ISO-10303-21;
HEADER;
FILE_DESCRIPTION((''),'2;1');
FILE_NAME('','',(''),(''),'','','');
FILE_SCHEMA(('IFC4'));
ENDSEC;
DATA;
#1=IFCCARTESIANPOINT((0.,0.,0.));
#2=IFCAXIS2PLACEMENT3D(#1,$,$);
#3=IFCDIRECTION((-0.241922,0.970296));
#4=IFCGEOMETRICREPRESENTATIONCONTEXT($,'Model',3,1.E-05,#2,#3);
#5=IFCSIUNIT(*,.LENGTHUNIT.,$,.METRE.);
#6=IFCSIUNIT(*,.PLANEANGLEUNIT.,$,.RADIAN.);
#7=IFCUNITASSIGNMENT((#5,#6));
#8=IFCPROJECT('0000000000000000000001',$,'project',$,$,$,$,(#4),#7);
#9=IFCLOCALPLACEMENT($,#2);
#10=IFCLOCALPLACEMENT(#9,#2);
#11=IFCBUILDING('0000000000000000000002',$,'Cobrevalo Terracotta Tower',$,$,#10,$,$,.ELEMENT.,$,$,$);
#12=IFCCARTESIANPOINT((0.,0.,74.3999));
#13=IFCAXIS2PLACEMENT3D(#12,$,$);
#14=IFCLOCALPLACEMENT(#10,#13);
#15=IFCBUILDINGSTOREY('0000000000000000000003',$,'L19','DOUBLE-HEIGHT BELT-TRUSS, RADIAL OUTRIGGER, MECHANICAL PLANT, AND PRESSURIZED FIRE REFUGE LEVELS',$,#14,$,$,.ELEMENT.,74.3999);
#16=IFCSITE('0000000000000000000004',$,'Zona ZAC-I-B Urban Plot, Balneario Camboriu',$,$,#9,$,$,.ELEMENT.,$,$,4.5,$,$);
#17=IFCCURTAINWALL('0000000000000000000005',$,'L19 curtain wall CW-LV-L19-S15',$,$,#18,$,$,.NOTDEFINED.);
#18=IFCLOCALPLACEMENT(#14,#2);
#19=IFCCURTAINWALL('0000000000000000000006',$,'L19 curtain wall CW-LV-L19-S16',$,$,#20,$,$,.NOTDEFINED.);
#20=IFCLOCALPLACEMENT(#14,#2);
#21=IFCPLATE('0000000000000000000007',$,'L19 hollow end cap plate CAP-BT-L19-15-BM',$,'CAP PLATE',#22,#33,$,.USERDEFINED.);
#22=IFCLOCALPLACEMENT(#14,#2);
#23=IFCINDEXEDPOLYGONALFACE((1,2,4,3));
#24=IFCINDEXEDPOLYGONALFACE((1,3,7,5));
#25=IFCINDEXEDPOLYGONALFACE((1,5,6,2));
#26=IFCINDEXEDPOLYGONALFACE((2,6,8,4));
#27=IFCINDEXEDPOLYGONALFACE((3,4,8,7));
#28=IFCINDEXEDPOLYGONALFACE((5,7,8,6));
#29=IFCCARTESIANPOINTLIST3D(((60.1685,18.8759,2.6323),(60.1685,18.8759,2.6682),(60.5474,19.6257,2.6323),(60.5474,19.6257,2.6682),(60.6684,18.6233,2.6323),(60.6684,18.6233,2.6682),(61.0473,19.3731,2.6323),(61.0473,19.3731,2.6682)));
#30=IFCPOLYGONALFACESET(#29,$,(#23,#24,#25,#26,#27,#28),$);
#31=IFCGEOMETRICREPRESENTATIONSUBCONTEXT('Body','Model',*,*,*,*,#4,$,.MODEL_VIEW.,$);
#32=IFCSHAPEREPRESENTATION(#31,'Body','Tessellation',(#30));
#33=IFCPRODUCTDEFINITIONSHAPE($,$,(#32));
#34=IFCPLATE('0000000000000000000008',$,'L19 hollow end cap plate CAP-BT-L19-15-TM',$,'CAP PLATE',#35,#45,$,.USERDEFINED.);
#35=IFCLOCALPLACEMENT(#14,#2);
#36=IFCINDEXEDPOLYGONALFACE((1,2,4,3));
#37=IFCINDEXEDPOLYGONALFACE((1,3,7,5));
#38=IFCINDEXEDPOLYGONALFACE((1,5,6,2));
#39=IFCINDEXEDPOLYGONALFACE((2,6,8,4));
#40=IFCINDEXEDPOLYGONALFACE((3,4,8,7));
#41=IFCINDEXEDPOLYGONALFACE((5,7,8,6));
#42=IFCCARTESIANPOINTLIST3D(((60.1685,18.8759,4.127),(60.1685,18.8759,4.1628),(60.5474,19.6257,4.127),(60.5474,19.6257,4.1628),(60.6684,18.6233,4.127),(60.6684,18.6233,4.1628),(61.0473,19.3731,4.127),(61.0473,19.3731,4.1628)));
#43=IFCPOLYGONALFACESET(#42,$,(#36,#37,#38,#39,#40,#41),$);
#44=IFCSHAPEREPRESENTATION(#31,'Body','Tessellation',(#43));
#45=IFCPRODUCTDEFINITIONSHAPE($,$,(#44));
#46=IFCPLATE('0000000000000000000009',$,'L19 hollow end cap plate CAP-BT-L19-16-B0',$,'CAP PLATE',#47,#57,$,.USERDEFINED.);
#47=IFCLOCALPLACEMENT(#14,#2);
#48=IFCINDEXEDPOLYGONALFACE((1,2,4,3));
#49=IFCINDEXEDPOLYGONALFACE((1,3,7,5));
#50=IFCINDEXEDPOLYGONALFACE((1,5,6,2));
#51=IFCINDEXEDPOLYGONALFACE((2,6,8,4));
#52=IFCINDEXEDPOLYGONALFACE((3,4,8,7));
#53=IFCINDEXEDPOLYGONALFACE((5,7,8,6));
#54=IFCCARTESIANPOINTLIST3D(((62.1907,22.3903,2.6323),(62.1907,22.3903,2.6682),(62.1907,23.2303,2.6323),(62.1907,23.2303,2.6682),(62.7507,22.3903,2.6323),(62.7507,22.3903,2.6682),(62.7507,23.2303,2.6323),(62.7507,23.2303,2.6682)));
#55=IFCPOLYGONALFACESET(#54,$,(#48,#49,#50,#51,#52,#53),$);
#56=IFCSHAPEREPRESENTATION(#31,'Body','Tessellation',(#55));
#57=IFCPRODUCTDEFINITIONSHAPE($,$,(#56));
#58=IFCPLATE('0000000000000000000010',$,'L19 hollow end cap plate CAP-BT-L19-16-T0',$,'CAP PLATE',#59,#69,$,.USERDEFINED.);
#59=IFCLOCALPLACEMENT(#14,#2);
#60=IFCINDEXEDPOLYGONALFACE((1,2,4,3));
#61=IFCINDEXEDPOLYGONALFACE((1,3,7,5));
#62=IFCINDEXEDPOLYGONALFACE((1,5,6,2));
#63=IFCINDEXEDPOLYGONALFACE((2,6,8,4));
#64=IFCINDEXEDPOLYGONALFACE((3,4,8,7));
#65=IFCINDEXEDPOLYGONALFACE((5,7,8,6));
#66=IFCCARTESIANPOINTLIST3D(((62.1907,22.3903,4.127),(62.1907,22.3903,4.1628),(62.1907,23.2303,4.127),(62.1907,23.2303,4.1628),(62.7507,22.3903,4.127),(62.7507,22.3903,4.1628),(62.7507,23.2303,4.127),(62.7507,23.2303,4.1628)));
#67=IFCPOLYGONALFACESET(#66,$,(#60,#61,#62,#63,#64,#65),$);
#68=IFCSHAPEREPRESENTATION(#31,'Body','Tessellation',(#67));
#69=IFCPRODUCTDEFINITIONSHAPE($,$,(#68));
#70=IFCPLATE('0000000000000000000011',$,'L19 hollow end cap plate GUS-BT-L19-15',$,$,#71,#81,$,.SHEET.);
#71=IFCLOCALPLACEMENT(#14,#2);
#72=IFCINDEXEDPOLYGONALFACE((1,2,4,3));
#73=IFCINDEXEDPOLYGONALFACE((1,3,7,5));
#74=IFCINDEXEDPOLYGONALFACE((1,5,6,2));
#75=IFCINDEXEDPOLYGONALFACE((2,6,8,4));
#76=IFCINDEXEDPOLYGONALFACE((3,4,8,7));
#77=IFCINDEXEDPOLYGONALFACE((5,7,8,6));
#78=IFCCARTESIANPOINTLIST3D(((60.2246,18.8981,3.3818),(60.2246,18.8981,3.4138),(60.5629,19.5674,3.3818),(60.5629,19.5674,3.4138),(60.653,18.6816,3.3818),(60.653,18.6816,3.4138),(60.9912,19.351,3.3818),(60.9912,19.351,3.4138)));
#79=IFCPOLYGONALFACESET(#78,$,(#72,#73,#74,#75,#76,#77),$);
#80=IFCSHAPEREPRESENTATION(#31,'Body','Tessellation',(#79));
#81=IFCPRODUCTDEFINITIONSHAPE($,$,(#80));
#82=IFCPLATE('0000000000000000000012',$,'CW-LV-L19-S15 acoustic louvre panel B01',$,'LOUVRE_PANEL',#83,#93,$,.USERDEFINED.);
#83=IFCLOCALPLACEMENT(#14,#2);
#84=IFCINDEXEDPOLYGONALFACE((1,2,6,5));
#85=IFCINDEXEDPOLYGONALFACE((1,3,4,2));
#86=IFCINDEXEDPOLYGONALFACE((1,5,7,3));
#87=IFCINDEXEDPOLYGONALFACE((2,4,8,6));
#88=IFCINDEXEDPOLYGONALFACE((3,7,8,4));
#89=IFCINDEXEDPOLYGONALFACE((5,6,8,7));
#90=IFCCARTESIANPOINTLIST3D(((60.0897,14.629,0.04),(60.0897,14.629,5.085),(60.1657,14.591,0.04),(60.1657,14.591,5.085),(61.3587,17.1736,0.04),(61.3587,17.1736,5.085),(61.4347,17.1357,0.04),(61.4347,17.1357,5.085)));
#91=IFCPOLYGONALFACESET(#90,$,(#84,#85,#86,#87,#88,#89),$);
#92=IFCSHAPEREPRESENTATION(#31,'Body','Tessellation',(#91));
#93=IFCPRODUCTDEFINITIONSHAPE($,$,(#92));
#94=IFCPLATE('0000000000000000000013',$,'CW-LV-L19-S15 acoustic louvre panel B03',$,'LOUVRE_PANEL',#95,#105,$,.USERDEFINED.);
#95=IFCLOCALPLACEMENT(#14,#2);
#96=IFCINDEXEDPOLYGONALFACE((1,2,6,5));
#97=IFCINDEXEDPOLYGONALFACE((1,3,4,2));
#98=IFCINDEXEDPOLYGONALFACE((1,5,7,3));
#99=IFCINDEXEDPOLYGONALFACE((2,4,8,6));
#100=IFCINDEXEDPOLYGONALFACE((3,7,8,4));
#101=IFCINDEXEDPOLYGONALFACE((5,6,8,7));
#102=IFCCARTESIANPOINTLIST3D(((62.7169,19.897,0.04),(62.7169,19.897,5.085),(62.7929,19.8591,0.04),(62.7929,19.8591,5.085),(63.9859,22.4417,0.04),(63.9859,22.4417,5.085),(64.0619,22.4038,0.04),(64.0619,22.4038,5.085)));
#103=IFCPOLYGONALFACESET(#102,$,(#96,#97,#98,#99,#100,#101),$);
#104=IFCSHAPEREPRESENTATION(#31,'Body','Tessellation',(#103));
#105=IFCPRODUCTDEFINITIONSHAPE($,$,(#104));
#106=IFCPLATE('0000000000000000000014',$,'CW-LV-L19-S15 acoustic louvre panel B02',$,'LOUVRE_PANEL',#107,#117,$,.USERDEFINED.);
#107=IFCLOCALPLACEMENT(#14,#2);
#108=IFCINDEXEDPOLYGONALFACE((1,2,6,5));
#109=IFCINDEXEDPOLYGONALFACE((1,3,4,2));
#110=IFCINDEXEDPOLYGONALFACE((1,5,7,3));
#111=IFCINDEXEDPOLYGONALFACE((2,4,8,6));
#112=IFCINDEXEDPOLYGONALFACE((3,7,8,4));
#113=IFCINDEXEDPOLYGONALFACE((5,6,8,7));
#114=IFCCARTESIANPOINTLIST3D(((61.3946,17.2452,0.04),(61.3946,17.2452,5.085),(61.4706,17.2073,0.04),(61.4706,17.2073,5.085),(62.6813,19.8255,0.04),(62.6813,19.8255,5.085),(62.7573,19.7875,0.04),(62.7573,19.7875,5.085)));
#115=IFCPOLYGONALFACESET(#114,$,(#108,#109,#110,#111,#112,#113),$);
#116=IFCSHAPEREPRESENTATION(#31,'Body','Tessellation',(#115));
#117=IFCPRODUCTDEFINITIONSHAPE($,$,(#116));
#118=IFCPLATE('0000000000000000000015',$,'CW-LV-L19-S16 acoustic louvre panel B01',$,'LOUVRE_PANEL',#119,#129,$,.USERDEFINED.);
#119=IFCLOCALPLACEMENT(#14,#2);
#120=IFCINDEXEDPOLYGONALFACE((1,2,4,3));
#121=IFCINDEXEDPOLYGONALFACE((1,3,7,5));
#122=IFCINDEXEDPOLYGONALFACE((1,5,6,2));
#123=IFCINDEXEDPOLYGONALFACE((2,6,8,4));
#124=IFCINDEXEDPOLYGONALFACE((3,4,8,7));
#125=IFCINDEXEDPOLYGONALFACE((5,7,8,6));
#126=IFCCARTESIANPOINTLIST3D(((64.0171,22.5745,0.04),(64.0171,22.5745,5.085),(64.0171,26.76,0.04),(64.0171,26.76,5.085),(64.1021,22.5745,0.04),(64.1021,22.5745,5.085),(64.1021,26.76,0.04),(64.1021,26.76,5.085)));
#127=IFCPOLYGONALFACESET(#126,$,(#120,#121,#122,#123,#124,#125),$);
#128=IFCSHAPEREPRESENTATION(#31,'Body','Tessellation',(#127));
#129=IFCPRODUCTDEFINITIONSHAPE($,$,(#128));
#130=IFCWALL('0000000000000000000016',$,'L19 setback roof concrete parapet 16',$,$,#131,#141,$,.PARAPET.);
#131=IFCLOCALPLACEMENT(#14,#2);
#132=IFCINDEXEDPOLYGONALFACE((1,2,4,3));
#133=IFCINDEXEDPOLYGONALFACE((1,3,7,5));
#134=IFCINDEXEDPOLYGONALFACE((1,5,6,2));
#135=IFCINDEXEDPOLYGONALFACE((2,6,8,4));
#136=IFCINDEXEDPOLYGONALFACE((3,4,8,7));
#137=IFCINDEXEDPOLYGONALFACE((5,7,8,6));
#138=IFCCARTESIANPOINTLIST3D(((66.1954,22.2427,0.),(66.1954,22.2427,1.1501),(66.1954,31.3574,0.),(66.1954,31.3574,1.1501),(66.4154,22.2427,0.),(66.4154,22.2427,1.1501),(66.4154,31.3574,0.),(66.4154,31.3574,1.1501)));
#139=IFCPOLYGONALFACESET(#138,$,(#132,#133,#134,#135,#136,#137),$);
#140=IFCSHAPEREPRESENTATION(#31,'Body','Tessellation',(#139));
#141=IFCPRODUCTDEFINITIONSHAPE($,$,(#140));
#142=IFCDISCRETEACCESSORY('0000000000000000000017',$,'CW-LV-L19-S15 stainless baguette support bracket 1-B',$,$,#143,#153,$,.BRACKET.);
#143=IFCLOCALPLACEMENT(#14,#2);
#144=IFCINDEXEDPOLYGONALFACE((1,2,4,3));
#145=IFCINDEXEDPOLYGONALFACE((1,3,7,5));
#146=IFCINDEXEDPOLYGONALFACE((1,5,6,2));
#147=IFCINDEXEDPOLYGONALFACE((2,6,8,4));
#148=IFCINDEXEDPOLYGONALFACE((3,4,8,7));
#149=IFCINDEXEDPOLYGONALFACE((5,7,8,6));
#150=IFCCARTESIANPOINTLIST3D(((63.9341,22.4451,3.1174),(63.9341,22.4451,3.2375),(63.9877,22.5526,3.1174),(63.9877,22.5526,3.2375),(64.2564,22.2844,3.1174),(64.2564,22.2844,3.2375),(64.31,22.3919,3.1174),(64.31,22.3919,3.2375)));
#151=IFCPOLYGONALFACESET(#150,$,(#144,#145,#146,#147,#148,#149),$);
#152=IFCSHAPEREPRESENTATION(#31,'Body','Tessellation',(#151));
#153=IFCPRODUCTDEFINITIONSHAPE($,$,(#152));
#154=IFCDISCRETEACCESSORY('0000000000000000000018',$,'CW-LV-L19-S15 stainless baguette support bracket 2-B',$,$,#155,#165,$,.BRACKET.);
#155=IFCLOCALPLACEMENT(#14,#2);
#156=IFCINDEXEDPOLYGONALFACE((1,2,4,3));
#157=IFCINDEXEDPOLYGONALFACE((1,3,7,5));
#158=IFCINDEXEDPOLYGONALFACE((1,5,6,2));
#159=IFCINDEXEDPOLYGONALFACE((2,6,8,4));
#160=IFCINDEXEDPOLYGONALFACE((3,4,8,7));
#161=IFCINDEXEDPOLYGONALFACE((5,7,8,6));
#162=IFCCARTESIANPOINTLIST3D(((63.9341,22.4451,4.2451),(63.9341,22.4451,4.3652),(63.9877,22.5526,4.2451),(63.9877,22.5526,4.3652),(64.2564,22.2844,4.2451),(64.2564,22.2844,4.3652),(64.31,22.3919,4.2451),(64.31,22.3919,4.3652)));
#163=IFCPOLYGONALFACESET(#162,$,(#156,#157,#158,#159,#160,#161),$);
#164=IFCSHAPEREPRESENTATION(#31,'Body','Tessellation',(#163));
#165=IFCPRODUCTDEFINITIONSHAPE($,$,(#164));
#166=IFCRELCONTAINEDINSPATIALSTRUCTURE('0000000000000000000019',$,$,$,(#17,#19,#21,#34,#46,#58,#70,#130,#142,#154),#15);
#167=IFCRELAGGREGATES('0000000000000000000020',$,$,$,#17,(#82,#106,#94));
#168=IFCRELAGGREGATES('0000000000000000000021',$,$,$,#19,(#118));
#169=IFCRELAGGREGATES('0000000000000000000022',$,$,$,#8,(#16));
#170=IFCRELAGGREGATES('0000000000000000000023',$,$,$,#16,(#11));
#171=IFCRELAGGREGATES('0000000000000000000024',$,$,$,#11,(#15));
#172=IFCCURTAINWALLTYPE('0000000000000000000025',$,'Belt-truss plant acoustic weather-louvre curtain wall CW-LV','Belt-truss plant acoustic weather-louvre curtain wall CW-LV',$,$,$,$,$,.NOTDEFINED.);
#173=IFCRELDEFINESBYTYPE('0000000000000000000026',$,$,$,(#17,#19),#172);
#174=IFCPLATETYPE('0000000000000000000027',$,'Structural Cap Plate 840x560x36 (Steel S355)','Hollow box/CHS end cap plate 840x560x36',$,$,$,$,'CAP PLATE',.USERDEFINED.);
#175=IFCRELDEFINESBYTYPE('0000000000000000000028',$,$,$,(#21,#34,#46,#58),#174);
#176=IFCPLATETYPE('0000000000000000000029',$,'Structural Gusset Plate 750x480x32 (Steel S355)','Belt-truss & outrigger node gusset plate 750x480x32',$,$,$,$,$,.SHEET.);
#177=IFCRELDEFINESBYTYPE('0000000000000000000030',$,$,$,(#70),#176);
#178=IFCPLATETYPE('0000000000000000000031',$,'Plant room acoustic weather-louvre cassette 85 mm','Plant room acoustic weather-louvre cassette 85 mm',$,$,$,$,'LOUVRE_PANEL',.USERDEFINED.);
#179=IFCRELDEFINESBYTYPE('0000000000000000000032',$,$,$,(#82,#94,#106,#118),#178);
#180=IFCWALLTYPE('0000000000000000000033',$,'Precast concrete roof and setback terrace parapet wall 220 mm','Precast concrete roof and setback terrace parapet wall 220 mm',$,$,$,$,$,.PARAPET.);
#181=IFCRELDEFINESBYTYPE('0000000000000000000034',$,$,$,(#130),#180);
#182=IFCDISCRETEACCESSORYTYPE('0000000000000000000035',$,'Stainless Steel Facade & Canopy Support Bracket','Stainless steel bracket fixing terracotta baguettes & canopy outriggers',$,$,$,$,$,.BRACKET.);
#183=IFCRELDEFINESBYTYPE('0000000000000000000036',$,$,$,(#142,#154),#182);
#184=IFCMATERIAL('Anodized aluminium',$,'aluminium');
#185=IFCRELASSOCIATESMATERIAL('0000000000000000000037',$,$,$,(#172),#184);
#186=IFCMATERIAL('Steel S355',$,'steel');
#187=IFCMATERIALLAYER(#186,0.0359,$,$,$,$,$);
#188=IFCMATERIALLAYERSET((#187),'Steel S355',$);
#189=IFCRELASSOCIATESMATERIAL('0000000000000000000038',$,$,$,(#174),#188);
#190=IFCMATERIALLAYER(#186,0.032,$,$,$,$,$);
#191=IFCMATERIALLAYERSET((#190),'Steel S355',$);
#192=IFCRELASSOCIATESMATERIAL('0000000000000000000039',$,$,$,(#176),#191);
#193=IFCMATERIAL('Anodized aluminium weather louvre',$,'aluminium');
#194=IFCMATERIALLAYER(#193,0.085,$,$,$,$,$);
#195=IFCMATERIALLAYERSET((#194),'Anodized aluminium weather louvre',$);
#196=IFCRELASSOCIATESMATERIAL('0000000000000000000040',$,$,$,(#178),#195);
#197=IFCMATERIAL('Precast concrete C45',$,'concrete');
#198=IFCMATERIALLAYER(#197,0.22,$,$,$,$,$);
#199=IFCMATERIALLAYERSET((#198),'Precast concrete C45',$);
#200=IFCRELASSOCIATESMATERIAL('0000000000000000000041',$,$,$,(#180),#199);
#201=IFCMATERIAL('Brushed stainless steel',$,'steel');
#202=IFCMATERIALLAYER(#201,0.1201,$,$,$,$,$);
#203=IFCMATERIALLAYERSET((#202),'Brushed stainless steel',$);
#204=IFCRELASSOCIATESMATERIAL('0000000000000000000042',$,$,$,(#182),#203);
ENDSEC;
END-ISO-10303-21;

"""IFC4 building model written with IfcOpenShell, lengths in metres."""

from ifc_helpers import new_model, si_unit, direction, frame, frame_2d, origin, origin_2d, place, context, subcontext, project, spatial, rectangle, extrude, source, transform, mapped, material, layer, layer_set, type_object, element, aggregate, save


model = new_model("IFC4")

# Units and contexts
model_context = context("Model", 3, precision=1e-05, world=origin(), true_north=direction((-0.241922, 0.970296)))
body_context = subcontext(model_context, "Body", "Model", "MODEL_VIEW")
ifc_project = project(units=[si_unit("LENGTHUNIT", "METRE"), si_unit("PLANEANGLEUNIT", "RADIAN")], contexts=[model_context])

# Site, building, storey
site_placement = place(None, origin())
site = spatial("IfcSite", under=ifc_project, at=site_placement, Name="Zona ZAC-I-B Urban Plot, Balneario Camboriu", CompositionType="ELEMENT", RefElevation=4.5)
building_placement = place(site_placement, origin())
building = spatial("IfcBuilding", under=site, at=building_placement, Name="Cobrevalo Terracotta Tower", CompositionType="ELEMENT")
storey_placement = place(building_placement, frame((0.0, 0.0, 74.3999)))
storey = spatial("IfcBuildingStorey", under=building, at=storey_placement, Name="L19", Description="DOUBLE-HEIGHT BELT-TRUSS, RADIAL OUTRIGGER, MECHANICAL PLANT, AND PRESSURIZED FIRE REFUGE LEVELS", CompositionType="ELEMENT", Elevation=74.3999)

# Shared definitions
ifc_material_1 = material(Name="Steel S355", Category="steel")

# Curtain wall
ifc_material_2 = material(Name="Anodized aluminium", Category="aluminium")
curtain_wall_type = type_object("IfcCurtainWallType", Name="Belt-truss plant acoustic weather-louvre curtain wall CW-LV", Description="Belt-truss plant acoustic weather-louvre curtain wall CW-LV", PredefinedType="NOTDEFINED", material=ifc_material_2)
curtain_wall_1_placement = place(storey_placement, origin())
curtain_wall_1 = element("IfcCurtainWall", 1, at=curtain_wall_1_placement, inside=storey, type_object=curtain_wall_type, Name="L19 curtain wall CW-LV-L19-S15", PredefinedType="NOTDEFINED")

# Curtain wall
curtain_wall_2_placement = place(storey_placement, origin())
curtain_wall_2 = element("IfcCurtainWall", 2, at=curtain_wall_2_placement, inside=storey, type_object=curtain_wall_type, Name="L19 curtain wall CW-LV-L19-S16", PredefinedType="NOTDEFINED")

# Plates
ifc_layer_1 = layer(ifc_material_1, 0.0359)
ifc_layer_set_1 = layer_set([ifc_layer_1], Name="Steel S355")
plate_type_1 = type_object("IfcPlateType", Name="Structural Cap Plate 840x560x36 (Steel S355)", Description="Hollow box/CHS end cap plate 840x560x36", ElementType="CAP PLATE", PredefinedType="USERDEFINED", material=ifc_layer_set_1)
shared_shape_1 = source(origin(), body_context, "Body", "SweptSolid", [
    extrude(rectangle(XDim=0.8401, YDim=0.5601, at=origin_2d()), origin(), (0.0, 0.0, 1.0), 0.0359),
])
for number, where, z_axis, x_axis, name in (
    (3, (60.6079, 19.1245, 2.6323), (0.0, 0.0, 1.0), (0.451036, 0.892506, 0.0), "L19 hollow end cap plate CAP-BT-L19-15-BM"),
    (4, (60.6079, 19.1245, 4.127), (0.0, 0.0, 1.0), (0.451036, 0.892506, 0.0), "L19 hollow end cap plate CAP-BT-L19-15-TM"),
    (5, (62.4707, 22.8103, 2.6323), (0.0, 0.0, 1.0), (0.0, 1.0, 0.0), "L19 hollow end cap plate CAP-BT-L19-16-B0"),
    (6, (62.4707, 22.8103, 4.127), (0.0, 0.0, 1.0), (0.0, 1.0, 0.0), "L19 hollow end cap plate CAP-BT-L19-16-T0"),
):
    element("IfcPlate", number, at=place(storey_placement, frame(where, z_axis=z_axis, x_axis=x_axis)), inside=storey, type_object=plate_type_1, Name=name, ObjectType="CAP PLATE", PredefinedType="USERDEFINED", context=body_context, shape_type="MappedRepresentation", body=[
        mapped(shared_shape_1, transform((0.0, 0.0, 0.0), scale=1.0)),
    ])
ifc_layer_2 = layer(ifc_material_1, 0.032)
ifc_layer_set_2 = layer_set([ifc_layer_2], Name="Steel S355")
plate_type_2 = type_object("IfcPlateType", Name="Structural Gusset Plate 750x480x32 (Steel S355)", Description="Belt-truss & outrigger node gusset plate 750x480x32", PredefinedType="SHEET", material=ifc_layer_set_2)
shared_shape_2 = source(origin(), body_context, "Body", "SweptSolid", [
    extrude(rectangle(XDim=0.75, YDim=0.48, at=origin_2d()), origin(), (0.0, 0.0, 1.0), 0.032),
])
plate_1_placement = place(storey_placement, frame((60.6079, 19.1245, 3.3818), z_axis=(0.0, 0.0, 1.0), x_axis=(0.451036, 0.892506, 0.0)))
element("IfcPlate", 7, at=plate_1_placement, inside=storey, type_object=plate_type_2, Name="L19 hollow end cap plate GUS-BT-L19-15", PredefinedType="SHEET", context=body_context, shape_type="MappedRepresentation", body=[
    mapped(shared_shape_2, transform((0.0, 0.0, 0.0), scale=1.0)),
])

# Plates
ifc_material_3 = material(Name="Anodized aluminium weather louvre", Category="aluminium")
ifc_layer_3 = layer(ifc_material_3, 0.085)
ifc_layer_set_3 = layer_set([ifc_layer_3], Name="Anodized aluminium weather louvre")
plate_type_3 = type_object("IfcPlateType", Name="Plant room acoustic weather-louvre cassette 85 mm", Description="Plant room acoustic weather-louvre cassette 85 mm", ElementType="LOUVRE_PANEL", PredefinedType="USERDEFINED", material=ifc_layer_set_3)
shared_shape_3 = source(origin(), body_context, "Body", "SweptSolid", [
    extrude(rectangle(XDim=2.8435, YDim=0.085, at=origin_2d()), origin(), (0.0, 0.0, 1.0), 5.0449),
])
plate_2_placement = place(storey_placement, frame((60.7622, 15.8823, 0.04), z_axis=(0.0, 0.0, 1.0), x_axis=(0.446262, 0.894902, 0.0)))
plate_2 = element("IfcPlate", 8, at=plate_2_placement, type_object=plate_type_3, Name="CW-LV-L19-S15 acoustic louvre panel B01", ObjectType="LOUVRE_PANEL", PredefinedType="USERDEFINED", context=body_context, shape_type="MappedRepresentation", body=[
    mapped(shared_shape_3, transform((0.0, 0.0, 0.0), scale=1.0)),
])
plate_3_placement = place(storey_placement, frame((63.3894, 21.1504, 0.04), z_axis=(0.0, 0.0, 1.0), x_axis=(0.446262, 0.894902, 0.0)))
plate_3 = element("IfcPlate", 9, at=plate_3_placement, type_object=plate_type_3, Name="CW-LV-L19-S15 acoustic louvre panel B03", ObjectType="LOUVRE_PANEL", PredefinedType="USERDEFINED", context=body_context, shape_type="MappedRepresentation", body=[
    mapped(shared_shape_3, transform((0.0, 0.0, 0.0), scale=1.0)),
])
shared_shape_4 = source(origin(), body_context, "Body", "SweptSolid", [
    extrude(rectangle(XDim=2.8833, YDim=0.085, at=origin_2d()), origin(), (0.0, 0.0, 1.0), 5.0449),
])
plate_4_placement = place(storey_placement, frame((62.0759, 18.5164, 0.04), z_axis=(0.0, 0.0, 1.0), x_axis=(0.446262, 0.894902, 0.0)))
plate_4 = element("IfcPlate", 10, at=plate_4_placement, type_object=plate_type_3, Name="CW-LV-L19-S15 acoustic louvre panel B02", ObjectType="LOUVRE_PANEL", PredefinedType="USERDEFINED", context=body_context, shape_type="MappedRepresentation", body=[
    mapped(shared_shape_4, transform((0.0, 0.0, 0.0), scale=1.0)),
])
aggregate(curtain_wall_1, [plate_2, plate_4, plate_3])
shared_shape_5 = source(origin(), body_context, "Body", "SweptSolid", [
    extrude(rectangle(XDim=4.1855, YDim=0.085, at=origin_2d()), origin(), (0.0, 0.0, 1.0), 5.0449),
])
plate_5_placement = place(storey_placement, frame((64.0596, 24.6672, 0.04), z_axis=(0.0, 0.0, 1.0), x_axis=(0.0, 1.0, 0.0)))
plate_5 = element("IfcPlate", 11, at=plate_5_placement, type_object=plate_type_3, Name="CW-LV-L19-S16 acoustic louvre panel B01", ObjectType="LOUVRE_PANEL", PredefinedType="USERDEFINED", context=body_context, shape_type="MappedRepresentation", body=[
    mapped(shared_shape_5, transform((0.0, 0.0, 0.0), scale=1.0)),
])
aggregate(curtain_wall_2, [plate_5])

# Wall
ifc_material_4 = material(Name="Precast concrete C45", Category="concrete")
ifc_layer_4 = layer(ifc_material_4, 0.22)
ifc_layer_set_4 = layer_set([ifc_layer_4], Name="Precast concrete C45")
wall_type = type_object("IfcWallType", Name="Precast concrete roof and setback terrace parapet wall 220 mm", Description="Precast concrete roof and setback terrace parapet wall 220 mm", PredefinedType="PARAPET", material=ifc_layer_set_4)
wall_placement = place(storey_placement, frame((66.3054, 22.2427, 0.0), z_axis=(0.0, 0.0, 1.0), x_axis=(0.0, 1.0, 0.0)))
element("IfcWall", 12, at=wall_placement, inside=storey, type_object=wall_type, Name="L19 setback roof concrete parapet 16", PredefinedType="PARAPET", context=body_context, shape_type="SweptSolid", body=[
    extrude(rectangle(XDim=9.1147, YDim=0.22, at=frame_2d((4.5574, 0.0))), origin(), (0.0, 0.0, 1.0), 1.1501),
])

# Discrete accessories
ifc_material_5 = material(Name="Brushed stainless steel", Category="steel")
ifc_layer_5 = layer(ifc_material_5, 0.1201)
ifc_layer_set_5 = layer_set([ifc_layer_5], Name="Brushed stainless steel")
discrete_accessory_type = type_object("IfcDiscreteAccessoryType", Name="Stainless Steel Facade & Canopy Support Bracket", Description="Stainless steel bracket fixing terracotta baguettes & canopy outriggers", PredefinedType="BRACKET", material=ifc_layer_set_5)
shared_shape_6 = source(origin(), body_context, "Body", "SweptSolid", [
    extrude(rectangle(XDim=0.1201, YDim=0.3601, at=origin_2d()), origin(), (0.0, 0.0, 1.0), 0.1201),
])
for number, where, z_axis, x_axis, name in (
    (13, (64.1221, 22.4185, 3.1174), (0.0, 0.0, 1.0), (0.446262, 0.894902, 0.0), "CW-LV-L19-S15 stainless baguette support bracket 1-B"),
    (14, (64.1221, 22.4185, 4.2451), (0.0, 0.0, 1.0), (0.446262, 0.894902, 0.0), "CW-LV-L19-S15 stainless baguette support bracket 2-B"),
):
    element("IfcDiscreteAccessory", number, at=place(storey_placement, frame(where, z_axis=z_axis, x_axis=x_axis)), inside=storey, type_object=discrete_accessory_type, Name=name, PredefinedType="BRACKET", context=body_context, shape_type="MappedRepresentation", body=[
        mapped(shared_shape_6, transform((0.0, 0.0, 0.0), scale=1.0)),
    ])

save(model, "model.ifc")
